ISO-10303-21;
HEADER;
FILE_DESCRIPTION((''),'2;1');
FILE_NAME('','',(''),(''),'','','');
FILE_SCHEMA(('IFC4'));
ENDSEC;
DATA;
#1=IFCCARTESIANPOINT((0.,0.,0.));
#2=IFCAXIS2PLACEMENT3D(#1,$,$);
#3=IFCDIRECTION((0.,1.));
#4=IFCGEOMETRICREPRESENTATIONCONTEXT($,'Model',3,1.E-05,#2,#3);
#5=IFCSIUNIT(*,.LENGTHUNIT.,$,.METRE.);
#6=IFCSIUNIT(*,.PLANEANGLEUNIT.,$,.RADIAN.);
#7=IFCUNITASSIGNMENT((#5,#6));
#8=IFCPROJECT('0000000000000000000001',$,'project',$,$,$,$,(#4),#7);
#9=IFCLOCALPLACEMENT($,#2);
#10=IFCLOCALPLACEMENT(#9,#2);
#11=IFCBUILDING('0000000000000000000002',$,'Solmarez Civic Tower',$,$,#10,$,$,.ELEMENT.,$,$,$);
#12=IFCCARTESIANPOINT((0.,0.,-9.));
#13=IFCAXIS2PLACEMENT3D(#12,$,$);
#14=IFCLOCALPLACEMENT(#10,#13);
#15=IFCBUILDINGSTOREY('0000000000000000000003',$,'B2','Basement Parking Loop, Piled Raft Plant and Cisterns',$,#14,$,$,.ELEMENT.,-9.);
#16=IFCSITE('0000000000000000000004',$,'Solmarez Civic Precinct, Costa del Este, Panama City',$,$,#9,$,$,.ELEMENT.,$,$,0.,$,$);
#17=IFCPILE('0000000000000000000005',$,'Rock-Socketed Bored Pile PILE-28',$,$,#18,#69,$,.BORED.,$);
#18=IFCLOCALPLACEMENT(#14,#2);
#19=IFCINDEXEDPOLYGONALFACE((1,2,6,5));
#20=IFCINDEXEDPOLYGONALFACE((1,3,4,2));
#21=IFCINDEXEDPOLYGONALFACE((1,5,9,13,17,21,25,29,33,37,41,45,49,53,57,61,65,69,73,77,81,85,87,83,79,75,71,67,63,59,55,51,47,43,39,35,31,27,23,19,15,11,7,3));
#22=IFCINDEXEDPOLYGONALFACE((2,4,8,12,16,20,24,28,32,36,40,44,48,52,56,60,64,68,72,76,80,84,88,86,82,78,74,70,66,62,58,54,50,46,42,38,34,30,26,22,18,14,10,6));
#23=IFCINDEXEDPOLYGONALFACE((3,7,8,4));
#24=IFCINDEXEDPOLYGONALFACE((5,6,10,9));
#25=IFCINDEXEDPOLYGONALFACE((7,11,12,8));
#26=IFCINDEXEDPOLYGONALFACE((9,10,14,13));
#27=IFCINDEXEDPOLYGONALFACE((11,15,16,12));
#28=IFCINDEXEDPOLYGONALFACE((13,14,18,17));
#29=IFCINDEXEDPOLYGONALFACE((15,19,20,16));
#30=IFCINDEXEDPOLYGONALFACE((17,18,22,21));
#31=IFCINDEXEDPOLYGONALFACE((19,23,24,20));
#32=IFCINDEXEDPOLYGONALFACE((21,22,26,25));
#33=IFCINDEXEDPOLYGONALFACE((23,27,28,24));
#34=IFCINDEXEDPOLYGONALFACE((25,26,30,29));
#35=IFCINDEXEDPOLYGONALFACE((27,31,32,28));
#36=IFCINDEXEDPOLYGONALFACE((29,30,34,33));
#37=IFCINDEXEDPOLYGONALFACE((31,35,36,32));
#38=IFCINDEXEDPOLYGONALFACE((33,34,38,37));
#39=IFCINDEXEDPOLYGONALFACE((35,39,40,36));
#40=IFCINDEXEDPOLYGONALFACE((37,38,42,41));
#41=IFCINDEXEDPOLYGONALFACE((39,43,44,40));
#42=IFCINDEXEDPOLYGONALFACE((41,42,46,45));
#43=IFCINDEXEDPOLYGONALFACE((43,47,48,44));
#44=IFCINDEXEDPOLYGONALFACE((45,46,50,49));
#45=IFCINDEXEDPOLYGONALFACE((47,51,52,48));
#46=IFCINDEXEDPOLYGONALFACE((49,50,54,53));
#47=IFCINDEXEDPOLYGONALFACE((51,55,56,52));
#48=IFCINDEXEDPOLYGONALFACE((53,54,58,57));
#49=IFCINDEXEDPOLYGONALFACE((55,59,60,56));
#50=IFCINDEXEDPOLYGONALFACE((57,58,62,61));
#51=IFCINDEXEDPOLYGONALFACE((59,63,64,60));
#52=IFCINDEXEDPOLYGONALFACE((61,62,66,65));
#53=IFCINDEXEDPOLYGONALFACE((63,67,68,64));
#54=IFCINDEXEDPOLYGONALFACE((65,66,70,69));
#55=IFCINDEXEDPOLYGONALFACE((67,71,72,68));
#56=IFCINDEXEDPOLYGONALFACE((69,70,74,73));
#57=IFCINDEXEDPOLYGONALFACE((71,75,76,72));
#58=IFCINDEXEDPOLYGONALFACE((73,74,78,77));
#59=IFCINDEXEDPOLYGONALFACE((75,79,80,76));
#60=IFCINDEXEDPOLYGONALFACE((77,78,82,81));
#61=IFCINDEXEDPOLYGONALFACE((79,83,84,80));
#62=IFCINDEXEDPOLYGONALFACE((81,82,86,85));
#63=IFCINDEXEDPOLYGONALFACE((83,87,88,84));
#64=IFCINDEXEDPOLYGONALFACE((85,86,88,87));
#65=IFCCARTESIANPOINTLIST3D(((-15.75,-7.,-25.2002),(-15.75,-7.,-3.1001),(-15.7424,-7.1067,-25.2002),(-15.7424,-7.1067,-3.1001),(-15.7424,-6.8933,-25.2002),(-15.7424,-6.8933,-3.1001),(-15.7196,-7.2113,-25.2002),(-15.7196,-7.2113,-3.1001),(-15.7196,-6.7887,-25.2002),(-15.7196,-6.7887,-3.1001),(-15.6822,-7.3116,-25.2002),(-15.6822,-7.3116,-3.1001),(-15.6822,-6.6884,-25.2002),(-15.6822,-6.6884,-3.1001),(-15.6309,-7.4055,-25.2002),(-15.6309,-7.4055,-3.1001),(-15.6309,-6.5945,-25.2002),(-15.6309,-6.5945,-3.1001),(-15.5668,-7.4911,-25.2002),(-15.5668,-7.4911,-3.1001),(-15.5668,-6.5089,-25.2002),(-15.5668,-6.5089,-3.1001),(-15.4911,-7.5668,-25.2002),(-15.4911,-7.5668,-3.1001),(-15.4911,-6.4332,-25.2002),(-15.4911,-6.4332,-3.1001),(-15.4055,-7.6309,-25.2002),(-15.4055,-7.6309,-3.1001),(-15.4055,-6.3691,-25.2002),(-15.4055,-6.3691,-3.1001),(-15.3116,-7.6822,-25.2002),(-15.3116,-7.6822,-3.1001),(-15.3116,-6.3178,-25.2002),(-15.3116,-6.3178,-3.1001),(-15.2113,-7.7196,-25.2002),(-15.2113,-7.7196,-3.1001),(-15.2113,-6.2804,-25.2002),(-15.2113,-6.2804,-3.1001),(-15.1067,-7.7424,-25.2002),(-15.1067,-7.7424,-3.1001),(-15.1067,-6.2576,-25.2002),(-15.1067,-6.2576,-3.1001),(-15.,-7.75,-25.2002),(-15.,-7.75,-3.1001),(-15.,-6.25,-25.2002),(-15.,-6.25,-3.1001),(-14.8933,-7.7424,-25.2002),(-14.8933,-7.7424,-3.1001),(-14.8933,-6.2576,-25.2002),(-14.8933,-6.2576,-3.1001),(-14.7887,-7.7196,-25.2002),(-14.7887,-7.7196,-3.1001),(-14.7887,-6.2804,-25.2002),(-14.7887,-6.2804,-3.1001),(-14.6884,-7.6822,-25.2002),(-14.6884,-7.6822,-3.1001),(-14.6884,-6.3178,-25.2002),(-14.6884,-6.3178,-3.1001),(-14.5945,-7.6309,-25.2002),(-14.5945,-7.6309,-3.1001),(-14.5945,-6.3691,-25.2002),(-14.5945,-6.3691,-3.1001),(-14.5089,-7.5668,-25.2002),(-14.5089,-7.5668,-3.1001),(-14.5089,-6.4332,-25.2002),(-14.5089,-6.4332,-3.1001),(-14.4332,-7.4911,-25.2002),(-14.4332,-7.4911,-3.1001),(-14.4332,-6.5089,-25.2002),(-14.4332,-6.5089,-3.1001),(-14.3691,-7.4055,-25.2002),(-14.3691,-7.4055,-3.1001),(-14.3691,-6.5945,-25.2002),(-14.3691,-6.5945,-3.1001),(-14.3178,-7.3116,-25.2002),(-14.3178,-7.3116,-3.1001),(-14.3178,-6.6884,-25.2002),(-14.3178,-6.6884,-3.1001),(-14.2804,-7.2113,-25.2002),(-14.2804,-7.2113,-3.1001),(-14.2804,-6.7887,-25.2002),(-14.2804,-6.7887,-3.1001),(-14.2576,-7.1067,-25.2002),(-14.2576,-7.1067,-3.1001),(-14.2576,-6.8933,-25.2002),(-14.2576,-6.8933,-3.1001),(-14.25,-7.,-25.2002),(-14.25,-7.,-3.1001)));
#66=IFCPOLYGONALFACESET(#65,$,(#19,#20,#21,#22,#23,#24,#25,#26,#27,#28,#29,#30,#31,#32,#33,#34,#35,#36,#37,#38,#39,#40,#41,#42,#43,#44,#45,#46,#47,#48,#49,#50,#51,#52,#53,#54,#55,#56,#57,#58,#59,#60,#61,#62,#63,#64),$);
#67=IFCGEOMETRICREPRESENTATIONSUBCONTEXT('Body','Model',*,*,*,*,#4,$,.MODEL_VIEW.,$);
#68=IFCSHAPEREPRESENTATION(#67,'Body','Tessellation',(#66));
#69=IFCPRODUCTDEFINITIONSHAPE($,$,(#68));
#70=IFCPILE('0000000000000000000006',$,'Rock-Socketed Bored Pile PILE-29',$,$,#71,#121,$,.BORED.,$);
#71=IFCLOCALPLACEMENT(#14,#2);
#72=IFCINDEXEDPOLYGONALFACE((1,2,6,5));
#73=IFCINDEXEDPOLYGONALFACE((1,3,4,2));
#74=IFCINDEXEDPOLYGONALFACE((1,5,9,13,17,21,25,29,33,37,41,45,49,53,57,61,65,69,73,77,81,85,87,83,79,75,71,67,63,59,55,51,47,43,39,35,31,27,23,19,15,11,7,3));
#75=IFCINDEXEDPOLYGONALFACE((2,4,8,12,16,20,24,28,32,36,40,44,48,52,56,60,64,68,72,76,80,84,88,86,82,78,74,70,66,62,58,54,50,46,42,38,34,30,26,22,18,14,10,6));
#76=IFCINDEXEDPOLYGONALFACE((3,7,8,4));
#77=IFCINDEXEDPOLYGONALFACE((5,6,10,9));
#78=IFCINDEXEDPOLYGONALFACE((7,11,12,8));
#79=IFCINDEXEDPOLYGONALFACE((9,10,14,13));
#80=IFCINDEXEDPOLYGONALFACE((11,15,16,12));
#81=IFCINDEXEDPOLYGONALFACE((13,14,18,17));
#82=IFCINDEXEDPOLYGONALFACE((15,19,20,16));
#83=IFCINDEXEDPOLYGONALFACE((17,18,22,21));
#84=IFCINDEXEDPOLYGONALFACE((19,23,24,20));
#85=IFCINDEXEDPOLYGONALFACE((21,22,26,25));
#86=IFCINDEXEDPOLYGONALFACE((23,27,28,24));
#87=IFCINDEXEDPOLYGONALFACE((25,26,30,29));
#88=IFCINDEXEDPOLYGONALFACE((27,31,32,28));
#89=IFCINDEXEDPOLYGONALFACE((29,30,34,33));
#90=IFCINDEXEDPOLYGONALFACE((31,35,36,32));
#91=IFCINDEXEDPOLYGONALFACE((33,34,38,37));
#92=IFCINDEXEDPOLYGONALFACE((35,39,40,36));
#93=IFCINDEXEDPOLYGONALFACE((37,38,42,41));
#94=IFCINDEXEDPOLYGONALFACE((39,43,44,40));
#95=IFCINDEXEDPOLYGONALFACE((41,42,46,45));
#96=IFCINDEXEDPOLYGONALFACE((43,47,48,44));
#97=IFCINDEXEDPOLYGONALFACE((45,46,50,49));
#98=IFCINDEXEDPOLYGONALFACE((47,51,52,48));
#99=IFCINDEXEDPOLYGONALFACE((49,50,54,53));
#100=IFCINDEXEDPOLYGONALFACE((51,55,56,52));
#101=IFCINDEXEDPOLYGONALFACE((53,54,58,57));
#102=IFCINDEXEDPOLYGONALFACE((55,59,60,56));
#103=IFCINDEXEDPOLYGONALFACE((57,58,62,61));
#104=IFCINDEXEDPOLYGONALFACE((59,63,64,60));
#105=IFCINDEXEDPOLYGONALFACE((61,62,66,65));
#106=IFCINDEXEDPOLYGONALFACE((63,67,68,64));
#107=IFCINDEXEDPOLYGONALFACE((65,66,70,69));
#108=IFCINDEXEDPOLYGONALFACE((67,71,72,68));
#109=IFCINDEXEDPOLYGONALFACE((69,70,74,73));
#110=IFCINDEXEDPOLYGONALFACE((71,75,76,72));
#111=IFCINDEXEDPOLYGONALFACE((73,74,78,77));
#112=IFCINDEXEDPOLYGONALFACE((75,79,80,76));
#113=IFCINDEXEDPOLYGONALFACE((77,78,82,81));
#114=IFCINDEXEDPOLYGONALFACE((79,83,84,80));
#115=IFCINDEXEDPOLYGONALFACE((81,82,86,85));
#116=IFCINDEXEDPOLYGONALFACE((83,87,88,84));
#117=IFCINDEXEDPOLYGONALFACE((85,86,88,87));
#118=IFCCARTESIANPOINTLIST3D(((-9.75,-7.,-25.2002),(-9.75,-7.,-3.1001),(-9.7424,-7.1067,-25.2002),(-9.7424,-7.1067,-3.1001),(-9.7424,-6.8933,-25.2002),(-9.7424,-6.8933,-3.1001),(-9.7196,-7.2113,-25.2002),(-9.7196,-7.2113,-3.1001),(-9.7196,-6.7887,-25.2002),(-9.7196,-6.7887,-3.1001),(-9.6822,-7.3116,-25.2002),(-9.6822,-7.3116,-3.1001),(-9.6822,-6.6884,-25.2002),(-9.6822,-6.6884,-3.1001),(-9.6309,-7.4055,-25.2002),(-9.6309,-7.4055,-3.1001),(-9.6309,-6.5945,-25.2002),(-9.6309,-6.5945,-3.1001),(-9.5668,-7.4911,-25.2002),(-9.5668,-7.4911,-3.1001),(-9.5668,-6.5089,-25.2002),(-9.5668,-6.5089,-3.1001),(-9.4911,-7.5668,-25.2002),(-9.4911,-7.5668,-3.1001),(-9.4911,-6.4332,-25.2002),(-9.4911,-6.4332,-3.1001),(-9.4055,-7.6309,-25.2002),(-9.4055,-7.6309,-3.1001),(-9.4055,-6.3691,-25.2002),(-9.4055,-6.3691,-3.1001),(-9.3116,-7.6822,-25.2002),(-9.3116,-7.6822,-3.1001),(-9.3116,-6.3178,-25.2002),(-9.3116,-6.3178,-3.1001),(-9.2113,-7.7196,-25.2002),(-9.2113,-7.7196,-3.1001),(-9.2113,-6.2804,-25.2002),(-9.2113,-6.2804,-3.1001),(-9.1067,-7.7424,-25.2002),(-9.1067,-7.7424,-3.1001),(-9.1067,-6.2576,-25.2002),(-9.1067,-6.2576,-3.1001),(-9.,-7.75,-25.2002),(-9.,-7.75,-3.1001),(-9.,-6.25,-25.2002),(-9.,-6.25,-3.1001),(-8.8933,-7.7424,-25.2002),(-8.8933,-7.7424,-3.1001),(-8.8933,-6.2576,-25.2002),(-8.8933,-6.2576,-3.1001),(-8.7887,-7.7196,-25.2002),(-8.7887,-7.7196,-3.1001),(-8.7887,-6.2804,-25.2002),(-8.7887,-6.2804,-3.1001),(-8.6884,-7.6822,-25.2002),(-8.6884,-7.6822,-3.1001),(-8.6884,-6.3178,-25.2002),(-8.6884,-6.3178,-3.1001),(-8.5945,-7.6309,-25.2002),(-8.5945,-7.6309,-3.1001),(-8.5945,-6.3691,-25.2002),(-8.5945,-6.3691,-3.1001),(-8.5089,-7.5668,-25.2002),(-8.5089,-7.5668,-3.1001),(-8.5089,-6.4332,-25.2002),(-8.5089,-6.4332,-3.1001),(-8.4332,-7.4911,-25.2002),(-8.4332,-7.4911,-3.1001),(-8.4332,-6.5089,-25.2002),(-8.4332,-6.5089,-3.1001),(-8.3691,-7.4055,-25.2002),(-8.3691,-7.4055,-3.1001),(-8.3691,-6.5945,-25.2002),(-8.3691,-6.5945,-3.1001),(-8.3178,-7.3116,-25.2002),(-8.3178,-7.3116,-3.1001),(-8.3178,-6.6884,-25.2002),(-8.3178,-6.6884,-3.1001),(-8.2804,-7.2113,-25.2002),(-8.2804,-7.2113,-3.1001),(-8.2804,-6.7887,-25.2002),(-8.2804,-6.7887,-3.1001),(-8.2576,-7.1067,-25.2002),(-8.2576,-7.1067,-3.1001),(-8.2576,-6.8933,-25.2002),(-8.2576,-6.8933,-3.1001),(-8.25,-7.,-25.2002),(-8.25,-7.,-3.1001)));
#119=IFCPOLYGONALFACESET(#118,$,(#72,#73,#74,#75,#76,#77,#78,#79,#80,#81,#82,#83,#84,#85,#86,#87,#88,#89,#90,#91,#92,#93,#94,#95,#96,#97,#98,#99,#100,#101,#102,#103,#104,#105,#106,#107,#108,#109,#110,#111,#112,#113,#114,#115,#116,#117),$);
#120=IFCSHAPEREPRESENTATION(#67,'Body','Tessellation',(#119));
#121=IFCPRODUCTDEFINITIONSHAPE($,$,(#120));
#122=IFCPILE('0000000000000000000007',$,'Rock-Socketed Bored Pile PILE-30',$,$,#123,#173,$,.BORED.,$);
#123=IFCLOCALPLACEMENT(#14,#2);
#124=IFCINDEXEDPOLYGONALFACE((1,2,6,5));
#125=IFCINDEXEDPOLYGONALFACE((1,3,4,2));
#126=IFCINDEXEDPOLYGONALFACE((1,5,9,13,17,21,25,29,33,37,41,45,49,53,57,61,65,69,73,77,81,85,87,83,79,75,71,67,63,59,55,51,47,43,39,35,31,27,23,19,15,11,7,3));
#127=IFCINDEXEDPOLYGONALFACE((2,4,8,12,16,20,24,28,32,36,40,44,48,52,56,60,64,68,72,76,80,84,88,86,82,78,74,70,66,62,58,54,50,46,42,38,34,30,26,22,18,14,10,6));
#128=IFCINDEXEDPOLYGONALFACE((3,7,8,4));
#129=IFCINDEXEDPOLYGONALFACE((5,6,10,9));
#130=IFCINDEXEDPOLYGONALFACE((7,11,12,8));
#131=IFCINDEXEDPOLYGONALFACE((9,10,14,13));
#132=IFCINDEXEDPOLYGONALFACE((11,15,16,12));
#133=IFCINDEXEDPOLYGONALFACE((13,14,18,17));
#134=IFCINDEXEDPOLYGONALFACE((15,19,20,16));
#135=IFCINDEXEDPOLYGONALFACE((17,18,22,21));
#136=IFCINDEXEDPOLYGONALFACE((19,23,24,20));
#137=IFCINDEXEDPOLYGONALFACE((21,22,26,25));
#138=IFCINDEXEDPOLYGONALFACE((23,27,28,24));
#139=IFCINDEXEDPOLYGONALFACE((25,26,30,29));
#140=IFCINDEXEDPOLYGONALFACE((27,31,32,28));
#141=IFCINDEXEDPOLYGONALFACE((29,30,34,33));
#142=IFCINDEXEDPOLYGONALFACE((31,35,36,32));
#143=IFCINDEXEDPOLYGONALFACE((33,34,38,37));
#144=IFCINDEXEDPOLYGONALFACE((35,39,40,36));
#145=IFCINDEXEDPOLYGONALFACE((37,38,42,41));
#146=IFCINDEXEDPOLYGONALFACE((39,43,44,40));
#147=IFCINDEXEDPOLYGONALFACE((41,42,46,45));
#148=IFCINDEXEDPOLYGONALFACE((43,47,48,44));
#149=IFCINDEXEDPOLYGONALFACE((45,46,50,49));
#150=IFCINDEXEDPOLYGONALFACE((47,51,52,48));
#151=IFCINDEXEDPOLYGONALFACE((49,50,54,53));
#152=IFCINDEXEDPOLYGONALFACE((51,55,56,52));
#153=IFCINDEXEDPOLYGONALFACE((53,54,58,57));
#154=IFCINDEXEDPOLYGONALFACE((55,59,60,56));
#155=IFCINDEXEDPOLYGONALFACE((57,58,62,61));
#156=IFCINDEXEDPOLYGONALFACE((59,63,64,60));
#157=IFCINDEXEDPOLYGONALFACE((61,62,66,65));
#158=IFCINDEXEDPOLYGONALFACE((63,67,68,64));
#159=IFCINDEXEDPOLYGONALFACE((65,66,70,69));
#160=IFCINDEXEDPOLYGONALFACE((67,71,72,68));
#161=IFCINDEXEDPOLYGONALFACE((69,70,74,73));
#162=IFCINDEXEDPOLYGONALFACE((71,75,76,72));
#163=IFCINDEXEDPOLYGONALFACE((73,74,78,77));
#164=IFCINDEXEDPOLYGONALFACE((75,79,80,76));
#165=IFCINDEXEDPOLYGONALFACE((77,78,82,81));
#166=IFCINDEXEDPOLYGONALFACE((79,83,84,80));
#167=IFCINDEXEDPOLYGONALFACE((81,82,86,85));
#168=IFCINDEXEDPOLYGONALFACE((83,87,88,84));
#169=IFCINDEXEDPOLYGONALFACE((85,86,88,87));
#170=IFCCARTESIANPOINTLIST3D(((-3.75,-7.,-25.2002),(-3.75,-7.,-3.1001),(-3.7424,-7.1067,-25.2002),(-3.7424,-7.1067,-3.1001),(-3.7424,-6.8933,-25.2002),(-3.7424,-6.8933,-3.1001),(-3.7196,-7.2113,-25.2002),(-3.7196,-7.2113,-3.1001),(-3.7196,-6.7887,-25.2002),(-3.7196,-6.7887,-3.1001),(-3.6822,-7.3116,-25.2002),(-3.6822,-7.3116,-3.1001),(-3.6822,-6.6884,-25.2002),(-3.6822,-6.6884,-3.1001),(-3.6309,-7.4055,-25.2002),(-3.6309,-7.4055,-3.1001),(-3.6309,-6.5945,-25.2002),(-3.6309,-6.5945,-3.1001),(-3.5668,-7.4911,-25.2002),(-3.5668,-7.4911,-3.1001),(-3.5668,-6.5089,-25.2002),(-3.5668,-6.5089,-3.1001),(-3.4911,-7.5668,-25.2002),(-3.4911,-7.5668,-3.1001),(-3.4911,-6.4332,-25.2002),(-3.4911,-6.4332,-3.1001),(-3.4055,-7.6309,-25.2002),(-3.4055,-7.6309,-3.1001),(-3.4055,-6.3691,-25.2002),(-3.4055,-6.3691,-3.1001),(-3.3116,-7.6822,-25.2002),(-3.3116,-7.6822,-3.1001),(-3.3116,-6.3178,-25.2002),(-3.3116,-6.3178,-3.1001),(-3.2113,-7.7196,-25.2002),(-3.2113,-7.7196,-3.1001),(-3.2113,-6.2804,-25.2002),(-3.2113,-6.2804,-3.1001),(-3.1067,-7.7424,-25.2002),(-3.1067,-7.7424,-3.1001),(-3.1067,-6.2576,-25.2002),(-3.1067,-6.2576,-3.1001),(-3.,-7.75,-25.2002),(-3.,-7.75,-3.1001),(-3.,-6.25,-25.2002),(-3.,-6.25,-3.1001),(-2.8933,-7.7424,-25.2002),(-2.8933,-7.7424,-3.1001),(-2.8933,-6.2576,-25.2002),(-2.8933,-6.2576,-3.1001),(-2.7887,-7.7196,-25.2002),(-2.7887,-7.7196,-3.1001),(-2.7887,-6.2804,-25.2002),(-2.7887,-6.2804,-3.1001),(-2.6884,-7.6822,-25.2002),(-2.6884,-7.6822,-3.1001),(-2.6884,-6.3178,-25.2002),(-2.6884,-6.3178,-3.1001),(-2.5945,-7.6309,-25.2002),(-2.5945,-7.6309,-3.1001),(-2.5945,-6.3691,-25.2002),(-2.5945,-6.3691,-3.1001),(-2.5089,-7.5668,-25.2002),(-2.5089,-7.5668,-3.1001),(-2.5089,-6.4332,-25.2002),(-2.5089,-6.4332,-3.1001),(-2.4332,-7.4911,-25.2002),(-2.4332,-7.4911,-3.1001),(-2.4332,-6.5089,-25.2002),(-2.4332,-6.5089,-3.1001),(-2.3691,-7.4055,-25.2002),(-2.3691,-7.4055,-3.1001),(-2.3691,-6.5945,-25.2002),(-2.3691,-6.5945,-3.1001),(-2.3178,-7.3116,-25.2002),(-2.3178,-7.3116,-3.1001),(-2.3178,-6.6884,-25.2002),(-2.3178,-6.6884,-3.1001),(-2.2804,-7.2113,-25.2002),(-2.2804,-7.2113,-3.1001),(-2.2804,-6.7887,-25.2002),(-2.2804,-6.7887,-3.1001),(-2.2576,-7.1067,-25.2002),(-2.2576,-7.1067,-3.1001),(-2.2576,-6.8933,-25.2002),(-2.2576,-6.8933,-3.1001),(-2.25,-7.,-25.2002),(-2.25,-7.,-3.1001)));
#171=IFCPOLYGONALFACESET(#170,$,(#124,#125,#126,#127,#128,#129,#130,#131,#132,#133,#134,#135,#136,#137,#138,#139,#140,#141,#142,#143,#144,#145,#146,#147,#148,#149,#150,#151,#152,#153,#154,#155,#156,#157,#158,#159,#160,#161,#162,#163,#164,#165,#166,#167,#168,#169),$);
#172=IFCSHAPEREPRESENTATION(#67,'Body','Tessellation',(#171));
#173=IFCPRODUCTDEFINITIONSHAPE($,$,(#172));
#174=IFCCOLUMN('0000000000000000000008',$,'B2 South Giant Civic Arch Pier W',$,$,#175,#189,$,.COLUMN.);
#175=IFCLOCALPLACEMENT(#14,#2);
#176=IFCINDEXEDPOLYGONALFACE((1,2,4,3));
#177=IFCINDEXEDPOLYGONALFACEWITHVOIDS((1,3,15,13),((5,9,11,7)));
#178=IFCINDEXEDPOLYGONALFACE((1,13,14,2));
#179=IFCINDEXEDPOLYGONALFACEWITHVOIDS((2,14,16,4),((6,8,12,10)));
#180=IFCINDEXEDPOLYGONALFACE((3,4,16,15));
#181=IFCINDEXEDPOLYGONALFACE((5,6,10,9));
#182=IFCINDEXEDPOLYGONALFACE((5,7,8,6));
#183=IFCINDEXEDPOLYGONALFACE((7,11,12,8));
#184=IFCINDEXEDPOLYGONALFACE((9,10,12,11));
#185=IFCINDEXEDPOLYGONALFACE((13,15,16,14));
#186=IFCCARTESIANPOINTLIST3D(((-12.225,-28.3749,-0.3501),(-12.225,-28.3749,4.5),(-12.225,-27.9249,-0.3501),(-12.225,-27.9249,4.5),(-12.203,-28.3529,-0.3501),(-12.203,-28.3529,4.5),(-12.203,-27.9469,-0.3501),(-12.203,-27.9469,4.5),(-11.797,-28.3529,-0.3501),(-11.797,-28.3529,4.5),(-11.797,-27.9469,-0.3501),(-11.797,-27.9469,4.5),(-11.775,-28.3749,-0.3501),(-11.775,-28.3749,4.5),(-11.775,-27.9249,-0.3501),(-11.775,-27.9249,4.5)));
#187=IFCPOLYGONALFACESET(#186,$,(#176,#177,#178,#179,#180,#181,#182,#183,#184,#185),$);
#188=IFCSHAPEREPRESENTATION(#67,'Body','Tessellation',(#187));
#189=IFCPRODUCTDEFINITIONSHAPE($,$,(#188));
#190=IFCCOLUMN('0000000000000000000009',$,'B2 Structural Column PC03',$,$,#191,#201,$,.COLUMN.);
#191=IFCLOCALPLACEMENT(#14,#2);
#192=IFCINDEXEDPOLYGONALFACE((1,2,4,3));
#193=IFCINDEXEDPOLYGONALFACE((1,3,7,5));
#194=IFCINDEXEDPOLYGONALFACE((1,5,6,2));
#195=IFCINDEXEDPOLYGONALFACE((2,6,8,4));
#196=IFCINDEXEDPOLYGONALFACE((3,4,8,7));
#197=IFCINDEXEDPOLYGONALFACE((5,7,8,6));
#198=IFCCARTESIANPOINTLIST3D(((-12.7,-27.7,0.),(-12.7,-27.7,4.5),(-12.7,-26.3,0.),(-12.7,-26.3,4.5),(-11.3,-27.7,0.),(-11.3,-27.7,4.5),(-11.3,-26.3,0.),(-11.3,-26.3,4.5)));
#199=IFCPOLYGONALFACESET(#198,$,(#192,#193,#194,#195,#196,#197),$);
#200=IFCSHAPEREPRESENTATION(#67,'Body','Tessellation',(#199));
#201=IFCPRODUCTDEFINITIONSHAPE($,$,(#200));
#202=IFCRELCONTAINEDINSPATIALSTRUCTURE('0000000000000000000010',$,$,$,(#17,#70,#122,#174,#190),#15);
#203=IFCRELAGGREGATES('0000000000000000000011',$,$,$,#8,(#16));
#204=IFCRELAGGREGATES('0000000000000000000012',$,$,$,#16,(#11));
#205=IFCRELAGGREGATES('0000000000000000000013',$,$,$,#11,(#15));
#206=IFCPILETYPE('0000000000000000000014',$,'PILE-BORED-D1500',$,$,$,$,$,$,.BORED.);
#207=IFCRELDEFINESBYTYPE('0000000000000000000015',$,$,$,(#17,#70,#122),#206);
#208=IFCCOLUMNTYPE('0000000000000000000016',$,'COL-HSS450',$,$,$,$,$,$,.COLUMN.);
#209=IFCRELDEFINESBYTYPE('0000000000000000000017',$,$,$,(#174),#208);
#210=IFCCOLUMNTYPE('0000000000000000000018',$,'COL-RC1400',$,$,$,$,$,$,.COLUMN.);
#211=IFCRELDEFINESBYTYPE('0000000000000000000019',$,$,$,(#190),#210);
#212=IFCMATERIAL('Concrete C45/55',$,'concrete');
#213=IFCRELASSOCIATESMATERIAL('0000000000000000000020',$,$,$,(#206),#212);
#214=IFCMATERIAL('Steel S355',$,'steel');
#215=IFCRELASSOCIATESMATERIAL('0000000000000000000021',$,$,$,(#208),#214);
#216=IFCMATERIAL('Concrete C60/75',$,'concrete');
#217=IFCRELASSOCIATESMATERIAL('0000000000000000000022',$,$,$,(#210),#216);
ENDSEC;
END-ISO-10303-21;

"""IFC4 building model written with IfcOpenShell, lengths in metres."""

from ifc_helpers import new_model, si_unit, direction, frame, origin, origin_2d, place, context, subcontext, project, spatial, rectangle, hollow_rectangle, circle, extrude, material, material_profile, profile_set, type_object, element, save


model = new_model("IFC4")

# Units and contexts
model_context = context("Model", 3, precision=1e-05, world=origin(), true_north=direction((0.0, 1.0)))
body_context = subcontext(model_context, "Body", "Model", "MODEL_VIEW")
ifc_project = project(units=[si_unit("LENGTHUNIT", "METRE"), si_unit("PLANEANGLEUNIT", "RADIAN")], contexts=[model_context])

# Site, building, storey
site_placement = place(None, origin())
site = spatial("IfcSite", under=ifc_project, at=site_placement, Name="Solmarez Civic Precinct, Costa del Este, Panama City", CompositionType="ELEMENT", RefElevation=0.0)
building_placement = place(site_placement, origin())
building = spatial("IfcBuilding", under=site, at=building_placement, Name="Solmarez Civic Tower", CompositionType="ELEMENT")
storey_placement = place(building_placement, frame((0.0, 0.0, -9.0)))
storey = spatial("IfcBuildingStorey", under=building, at=storey_placement, Name="B2", Description="Basement Parking Loop, Piled Raft Plant and Cisterns", CompositionType="ELEMENT", Elevation=-9.0)

# Piles
ifc_material_1 = material(Name="Concrete C45/55", Category="concrete")
ifc_material_profile_1 = material_profile(ifc_material_1, circle(Radius=0.75, at=origin_2d()), Name="PILE-D1500")
ifc_profile_set_1 = profile_set([ifc_material_profile_1], Name="Concrete C45/55")
pile_type = type_object("IfcPileType", Name="PILE-BORED-D1500", PredefinedType="BORED", material=ifc_profile_set_1)
for number, where, z_axis, x_axis, name in (
    (1, (-15.0, -7.0, -3.1001), (0.0, 0.0, -1.0), (1.0, 0.0, 0.0), "Rock-Socketed Bored Pile PILE-28"),
    (2, (-9.0, -7.0, -3.1001), (0.0, 0.0, -1.0), (1.0, 0.0, 0.0), "Rock-Socketed Bored Pile PILE-29"),
    (3, (-3.0, -7.0, -3.1001), (0.0, 0.0, -1.0), (1.0, 0.0, 0.0), "Rock-Socketed Bored Pile PILE-30"),
):
    element("IfcPile", number, at=place(storey_placement, frame(where, z_axis=z_axis, x_axis=x_axis)), inside=storey, type_object=pile_type, Name=name, PredefinedType="BORED", context=body_context, shape_type="SweptSolid", body=[
        extrude(circle(Radius=0.75, at=origin_2d()), origin(), (0.0, 0.0, 1.0), 22.1001),
    ])

# Columns
ifc_material_2 = material(Name="Steel S355", Category="steel")
ifc_material_profile_2 = material_profile(ifc_material_2, hollow_rectangle(XDim=0.45, YDim=0.45, WallThickness=0.022, at=origin_2d()), Name="HSS450X450X22")
ifc_profile_set_2 = profile_set([ifc_material_profile_2], Name="Steel S355")
column_type_1 = type_object("IfcColumnType", Name="COL-HSS450", PredefinedType="COLUMN", material=ifc_profile_set_2)
column_1_placement = place(storey_placement, frame((-12.0, -28.1499, -0.3501), z_axis=(0.0, 0.0, 1.0), x_axis=(1.0, 0.0, 0.0)))
element("IfcColumn", 4, at=column_1_placement, inside=storey, type_object=column_type_1, Name="B2 South Giant Civic Arch Pier W", PredefinedType="COLUMN", context=body_context, shape_type="SweptSolid", body=[
    extrude(hollow_rectangle(XDim=0.45, YDim=0.45, WallThickness=0.022, at=origin_2d()), origin(), (0.0, 0.0, 1.0), 4.8501),
])
ifc_material_3 = material(Name="Concrete C60/75", Category="concrete")
ifc_material_profile_3 = material_profile(ifc_material_3, rectangle(XDim=1.3999, YDim=1.3999, at=origin_2d()), Name="RC1400X1400")
ifc_profile_set_3 = profile_set([ifc_material_profile_3], Name="Concrete C60/75")
column_type_2 = type_object("IfcColumnType", Name="COL-RC1400", PredefinedType="COLUMN", material=ifc_profile_set_3)
column_2_placement = place(storey_placement, frame((-12.0, -27.0, 0.0), z_axis=(0.0, 0.0, 1.0), x_axis=(1.0, 0.0, 0.0)))
element("IfcColumn", 5, at=column_2_placement, inside=storey, type_object=column_type_2, Name="B2 Structural Column PC03", PredefinedType="COLUMN", context=body_context, shape_type="SweptSolid", body=[
    extrude(rectangle(XDim=1.3999, YDim=1.3999, at=origin_2d()), origin(), (0.0, 0.0, 1.0), 4.5),
])

save(model, "model.ifc")
